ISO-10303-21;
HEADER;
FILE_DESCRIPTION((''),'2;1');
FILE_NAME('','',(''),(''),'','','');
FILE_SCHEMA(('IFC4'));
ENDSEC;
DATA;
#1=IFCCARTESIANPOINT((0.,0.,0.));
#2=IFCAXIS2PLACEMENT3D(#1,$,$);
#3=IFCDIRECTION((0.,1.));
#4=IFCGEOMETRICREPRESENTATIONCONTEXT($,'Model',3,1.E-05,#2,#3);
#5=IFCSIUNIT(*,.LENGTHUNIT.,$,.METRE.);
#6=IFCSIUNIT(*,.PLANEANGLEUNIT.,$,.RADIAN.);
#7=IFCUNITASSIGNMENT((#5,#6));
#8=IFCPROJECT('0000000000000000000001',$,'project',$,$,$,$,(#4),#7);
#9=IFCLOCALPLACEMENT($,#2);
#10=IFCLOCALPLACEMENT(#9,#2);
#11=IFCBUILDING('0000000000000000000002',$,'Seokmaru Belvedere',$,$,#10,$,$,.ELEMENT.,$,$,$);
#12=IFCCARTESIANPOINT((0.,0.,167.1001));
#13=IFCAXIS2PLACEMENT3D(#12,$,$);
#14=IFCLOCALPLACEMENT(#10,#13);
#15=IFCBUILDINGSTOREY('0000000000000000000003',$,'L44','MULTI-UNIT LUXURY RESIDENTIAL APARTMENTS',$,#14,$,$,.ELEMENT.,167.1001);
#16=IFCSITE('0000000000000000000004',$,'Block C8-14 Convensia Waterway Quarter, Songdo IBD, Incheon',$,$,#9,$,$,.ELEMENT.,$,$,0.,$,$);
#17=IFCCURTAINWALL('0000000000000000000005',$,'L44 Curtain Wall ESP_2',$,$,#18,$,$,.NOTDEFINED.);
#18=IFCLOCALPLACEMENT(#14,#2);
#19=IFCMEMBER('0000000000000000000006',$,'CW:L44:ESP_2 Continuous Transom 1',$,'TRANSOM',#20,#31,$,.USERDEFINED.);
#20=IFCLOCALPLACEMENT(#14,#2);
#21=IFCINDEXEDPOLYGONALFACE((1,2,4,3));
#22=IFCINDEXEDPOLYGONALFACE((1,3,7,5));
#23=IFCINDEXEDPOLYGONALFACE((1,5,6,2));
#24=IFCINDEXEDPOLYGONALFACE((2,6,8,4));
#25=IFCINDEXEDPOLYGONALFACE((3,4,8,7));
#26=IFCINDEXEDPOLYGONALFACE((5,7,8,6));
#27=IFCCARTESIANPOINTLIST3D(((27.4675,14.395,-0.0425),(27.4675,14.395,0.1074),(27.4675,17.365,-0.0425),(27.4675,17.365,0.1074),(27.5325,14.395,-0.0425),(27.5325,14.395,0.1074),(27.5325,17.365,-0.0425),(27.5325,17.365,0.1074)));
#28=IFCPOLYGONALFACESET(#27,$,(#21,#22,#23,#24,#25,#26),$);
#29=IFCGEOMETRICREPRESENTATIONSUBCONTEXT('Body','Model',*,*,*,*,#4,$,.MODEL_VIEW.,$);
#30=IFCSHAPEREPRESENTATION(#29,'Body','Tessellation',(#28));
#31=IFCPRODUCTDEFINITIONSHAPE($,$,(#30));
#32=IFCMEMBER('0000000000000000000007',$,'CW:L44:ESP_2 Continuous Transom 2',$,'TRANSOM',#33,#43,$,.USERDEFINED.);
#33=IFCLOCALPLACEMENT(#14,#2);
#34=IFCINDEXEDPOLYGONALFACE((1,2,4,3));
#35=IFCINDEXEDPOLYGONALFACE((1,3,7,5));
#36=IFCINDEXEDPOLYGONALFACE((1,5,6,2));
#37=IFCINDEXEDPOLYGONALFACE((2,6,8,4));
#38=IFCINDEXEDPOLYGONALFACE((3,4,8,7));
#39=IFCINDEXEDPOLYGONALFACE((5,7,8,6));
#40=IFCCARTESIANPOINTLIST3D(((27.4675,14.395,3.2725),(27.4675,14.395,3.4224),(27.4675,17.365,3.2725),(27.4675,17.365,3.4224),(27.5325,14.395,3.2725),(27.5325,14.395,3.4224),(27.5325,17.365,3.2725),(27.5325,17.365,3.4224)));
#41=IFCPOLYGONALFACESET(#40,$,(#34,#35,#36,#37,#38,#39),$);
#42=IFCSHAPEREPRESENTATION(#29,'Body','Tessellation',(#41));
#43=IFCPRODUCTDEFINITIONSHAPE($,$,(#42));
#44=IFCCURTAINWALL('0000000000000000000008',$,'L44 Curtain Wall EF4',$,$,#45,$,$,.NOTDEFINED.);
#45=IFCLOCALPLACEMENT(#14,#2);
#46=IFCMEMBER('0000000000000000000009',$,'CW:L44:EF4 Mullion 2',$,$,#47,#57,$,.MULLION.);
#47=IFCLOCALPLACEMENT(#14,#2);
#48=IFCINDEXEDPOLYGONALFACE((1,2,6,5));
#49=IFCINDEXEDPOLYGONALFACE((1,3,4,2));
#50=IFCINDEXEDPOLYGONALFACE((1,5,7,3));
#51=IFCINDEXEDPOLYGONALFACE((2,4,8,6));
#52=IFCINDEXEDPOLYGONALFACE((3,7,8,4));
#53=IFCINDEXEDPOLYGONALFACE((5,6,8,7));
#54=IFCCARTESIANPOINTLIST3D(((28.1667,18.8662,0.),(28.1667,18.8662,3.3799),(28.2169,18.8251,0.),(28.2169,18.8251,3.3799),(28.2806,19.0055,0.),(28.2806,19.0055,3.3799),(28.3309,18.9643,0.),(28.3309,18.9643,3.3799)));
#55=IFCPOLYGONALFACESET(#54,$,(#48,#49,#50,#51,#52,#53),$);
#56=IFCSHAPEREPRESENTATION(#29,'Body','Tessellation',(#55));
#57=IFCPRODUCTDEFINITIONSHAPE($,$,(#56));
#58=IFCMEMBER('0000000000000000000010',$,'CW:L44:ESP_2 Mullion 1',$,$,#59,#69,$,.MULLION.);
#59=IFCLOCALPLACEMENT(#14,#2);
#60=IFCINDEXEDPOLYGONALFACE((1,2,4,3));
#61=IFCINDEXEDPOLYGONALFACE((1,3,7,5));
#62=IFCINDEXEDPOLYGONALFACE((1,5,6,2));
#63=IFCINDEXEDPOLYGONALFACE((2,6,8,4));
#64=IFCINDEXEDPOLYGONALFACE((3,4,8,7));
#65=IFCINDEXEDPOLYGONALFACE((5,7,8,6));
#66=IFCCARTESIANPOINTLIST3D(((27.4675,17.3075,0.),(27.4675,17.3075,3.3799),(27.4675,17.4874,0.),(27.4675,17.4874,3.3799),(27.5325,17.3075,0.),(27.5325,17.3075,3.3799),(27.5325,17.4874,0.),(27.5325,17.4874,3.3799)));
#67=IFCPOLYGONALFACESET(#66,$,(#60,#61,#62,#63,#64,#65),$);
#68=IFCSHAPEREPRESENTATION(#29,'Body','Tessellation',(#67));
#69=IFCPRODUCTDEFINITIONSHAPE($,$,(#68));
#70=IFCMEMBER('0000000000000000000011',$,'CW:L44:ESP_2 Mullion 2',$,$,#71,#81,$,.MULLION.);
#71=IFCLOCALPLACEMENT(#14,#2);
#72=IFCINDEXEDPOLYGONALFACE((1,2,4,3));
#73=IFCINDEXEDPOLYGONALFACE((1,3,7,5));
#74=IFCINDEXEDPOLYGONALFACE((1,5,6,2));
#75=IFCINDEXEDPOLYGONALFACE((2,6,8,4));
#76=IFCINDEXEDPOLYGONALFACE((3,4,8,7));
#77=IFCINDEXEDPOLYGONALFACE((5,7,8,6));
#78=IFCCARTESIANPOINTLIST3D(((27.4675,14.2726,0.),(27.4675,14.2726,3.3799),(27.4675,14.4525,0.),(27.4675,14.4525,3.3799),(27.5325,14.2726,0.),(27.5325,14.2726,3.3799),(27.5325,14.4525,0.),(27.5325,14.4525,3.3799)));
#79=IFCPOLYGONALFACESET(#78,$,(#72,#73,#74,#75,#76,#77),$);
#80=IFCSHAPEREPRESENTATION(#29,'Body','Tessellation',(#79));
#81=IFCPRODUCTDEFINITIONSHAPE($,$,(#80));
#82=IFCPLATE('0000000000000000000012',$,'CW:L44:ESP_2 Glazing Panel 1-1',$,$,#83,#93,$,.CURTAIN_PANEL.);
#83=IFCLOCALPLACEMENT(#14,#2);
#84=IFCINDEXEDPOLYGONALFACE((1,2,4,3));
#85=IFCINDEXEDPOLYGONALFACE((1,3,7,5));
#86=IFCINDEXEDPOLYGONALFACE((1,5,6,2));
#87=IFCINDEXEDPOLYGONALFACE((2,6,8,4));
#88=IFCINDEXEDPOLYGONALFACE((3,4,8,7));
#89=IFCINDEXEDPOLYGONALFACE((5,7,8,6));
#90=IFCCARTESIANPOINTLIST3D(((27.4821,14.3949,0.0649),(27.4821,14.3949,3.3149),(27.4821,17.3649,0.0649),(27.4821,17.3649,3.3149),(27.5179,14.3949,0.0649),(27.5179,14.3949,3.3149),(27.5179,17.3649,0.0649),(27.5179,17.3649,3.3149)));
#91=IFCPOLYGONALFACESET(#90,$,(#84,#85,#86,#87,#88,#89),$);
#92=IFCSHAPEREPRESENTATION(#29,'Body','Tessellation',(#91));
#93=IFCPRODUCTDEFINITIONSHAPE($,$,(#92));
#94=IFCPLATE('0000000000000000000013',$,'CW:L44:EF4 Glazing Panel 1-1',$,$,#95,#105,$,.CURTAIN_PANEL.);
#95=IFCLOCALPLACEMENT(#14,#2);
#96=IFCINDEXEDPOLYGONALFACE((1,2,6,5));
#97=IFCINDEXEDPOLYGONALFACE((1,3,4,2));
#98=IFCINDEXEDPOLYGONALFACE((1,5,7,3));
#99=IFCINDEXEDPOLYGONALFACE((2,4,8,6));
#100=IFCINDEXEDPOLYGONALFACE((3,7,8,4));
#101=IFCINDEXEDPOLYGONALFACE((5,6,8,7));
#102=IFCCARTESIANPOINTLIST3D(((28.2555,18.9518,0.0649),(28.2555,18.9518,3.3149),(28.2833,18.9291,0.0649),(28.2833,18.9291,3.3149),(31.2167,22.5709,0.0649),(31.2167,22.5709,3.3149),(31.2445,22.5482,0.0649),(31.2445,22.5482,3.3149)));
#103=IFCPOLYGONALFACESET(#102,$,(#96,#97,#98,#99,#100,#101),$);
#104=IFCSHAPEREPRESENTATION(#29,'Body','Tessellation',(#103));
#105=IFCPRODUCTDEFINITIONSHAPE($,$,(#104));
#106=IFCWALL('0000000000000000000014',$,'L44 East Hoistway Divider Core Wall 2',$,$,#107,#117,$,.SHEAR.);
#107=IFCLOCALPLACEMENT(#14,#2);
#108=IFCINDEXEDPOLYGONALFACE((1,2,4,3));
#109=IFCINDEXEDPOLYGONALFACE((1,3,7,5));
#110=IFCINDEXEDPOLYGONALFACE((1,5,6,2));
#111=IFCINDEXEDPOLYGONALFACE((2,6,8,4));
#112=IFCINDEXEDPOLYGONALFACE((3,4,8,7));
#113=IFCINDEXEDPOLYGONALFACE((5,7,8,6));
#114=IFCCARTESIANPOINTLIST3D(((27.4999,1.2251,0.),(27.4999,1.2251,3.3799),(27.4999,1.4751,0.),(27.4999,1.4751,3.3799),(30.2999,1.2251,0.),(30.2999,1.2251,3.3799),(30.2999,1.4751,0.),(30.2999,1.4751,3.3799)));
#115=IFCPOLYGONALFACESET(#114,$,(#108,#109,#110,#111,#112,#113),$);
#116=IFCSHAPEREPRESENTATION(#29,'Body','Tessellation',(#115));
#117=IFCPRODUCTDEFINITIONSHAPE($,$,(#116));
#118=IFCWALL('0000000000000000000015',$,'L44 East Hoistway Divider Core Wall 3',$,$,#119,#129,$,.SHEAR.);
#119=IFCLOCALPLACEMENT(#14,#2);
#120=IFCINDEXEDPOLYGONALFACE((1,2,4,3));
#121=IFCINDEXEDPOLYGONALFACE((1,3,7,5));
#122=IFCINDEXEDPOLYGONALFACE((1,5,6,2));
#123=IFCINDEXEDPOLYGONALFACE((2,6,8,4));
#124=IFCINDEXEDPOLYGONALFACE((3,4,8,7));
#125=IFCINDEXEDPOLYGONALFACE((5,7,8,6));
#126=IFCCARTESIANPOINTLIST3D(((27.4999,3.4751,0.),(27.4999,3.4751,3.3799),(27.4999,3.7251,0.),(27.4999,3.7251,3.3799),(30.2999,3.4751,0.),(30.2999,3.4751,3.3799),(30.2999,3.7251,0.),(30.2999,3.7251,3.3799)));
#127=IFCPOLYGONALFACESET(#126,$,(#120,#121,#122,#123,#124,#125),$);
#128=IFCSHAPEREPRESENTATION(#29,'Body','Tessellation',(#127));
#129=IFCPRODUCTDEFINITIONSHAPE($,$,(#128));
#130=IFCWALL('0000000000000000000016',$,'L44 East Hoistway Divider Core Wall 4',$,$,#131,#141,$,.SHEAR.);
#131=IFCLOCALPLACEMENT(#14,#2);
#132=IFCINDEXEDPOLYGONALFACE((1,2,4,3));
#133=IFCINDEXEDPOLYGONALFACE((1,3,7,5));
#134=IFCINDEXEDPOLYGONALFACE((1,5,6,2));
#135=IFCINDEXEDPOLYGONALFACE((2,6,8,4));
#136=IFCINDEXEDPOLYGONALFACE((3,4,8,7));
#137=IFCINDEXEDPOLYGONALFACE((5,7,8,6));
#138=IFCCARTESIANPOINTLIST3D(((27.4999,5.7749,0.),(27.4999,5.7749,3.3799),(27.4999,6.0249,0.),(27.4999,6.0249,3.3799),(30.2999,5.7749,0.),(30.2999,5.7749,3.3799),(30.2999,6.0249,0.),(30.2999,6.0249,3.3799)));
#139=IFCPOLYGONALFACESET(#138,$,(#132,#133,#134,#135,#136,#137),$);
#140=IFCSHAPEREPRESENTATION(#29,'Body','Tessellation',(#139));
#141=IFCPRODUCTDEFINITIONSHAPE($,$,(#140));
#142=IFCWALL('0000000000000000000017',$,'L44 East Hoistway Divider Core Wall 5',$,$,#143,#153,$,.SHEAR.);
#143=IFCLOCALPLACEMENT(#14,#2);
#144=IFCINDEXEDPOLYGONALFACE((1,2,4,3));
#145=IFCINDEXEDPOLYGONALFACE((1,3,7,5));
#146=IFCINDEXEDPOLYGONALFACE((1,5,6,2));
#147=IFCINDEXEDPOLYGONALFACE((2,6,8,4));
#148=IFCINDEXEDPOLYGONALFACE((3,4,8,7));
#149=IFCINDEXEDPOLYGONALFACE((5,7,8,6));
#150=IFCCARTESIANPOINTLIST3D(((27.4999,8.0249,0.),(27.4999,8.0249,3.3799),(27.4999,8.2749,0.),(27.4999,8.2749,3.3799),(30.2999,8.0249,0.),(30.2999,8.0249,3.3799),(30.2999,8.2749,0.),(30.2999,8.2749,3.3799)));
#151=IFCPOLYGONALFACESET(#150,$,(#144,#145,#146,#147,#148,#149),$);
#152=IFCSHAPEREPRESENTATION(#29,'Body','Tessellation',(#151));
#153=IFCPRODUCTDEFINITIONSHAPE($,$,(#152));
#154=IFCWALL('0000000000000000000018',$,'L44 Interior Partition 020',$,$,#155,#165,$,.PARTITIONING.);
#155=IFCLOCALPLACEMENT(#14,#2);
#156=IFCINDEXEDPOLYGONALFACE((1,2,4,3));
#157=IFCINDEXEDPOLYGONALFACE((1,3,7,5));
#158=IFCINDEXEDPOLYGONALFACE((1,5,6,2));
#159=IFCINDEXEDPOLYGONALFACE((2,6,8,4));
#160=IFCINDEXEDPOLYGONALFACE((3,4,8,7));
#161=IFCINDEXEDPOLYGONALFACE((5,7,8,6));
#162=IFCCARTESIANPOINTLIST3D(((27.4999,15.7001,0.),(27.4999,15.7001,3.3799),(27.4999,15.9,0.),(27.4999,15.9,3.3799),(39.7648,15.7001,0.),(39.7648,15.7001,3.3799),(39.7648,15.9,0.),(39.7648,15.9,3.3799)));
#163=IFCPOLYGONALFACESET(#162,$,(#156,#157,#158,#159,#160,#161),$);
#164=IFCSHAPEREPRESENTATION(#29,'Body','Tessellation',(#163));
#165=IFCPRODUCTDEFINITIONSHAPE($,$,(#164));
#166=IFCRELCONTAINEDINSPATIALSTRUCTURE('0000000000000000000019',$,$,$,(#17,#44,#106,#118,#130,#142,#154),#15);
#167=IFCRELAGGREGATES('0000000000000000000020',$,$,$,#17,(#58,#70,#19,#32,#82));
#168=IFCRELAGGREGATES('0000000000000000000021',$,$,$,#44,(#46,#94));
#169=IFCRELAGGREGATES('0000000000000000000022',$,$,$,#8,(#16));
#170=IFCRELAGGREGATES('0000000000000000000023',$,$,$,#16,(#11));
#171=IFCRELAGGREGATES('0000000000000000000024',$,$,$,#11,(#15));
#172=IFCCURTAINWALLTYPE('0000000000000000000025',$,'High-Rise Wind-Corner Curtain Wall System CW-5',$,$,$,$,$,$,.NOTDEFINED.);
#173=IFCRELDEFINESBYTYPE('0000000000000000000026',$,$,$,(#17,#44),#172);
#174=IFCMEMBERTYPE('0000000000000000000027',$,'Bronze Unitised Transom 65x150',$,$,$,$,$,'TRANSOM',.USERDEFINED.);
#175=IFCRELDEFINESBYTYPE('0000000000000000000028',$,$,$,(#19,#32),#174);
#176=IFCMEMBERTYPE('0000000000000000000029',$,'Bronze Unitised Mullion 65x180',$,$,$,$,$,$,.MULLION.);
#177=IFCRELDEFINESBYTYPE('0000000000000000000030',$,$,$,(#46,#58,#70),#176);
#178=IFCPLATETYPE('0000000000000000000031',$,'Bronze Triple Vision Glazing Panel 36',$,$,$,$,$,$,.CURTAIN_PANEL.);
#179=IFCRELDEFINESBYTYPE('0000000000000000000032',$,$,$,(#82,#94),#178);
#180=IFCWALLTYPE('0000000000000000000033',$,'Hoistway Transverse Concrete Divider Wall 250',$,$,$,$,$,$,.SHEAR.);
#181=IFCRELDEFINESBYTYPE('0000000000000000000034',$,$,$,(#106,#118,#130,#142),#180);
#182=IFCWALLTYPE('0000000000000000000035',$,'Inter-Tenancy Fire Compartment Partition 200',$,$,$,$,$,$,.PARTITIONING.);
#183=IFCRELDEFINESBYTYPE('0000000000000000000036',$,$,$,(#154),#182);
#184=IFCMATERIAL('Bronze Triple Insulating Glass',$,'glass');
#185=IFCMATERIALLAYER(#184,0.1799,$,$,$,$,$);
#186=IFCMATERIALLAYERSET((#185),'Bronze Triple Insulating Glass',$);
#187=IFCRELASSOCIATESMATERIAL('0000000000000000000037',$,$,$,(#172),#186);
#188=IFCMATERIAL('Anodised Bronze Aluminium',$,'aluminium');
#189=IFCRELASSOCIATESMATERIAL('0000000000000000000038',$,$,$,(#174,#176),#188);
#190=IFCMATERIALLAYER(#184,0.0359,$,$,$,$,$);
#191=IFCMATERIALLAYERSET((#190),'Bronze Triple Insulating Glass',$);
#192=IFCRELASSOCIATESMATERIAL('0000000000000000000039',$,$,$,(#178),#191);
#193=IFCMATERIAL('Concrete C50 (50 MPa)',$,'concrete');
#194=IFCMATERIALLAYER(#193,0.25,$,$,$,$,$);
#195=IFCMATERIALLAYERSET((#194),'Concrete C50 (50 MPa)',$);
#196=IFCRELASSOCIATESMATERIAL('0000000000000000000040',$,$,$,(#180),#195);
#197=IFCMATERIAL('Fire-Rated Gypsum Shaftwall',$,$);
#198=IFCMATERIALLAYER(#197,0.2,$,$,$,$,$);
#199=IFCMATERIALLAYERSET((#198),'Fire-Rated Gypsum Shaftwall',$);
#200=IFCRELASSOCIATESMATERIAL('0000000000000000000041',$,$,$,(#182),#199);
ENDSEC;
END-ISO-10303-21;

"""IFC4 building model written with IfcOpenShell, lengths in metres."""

from ifc_helpers import new_model, si_unit, direction, frame, frame_2d, origin, origin_2d, place, context, subcontext, project, spatial, rectangle, extrude, source, transform, mapped, material, layer, layer_set, material_profile, profile_set, type_object, type_shapes, element, aggregate, save


model = new_model("IFC4")

# Units and contexts
model_context = context("Model", 3, precision=1e-05, world=origin(), true_north=direction((0.0, 1.0)))
body_context = subcontext(model_context, "Body", "Model", "MODEL_VIEW")
ifc_project = project(units=[si_unit("LENGTHUNIT", "METRE"), si_unit("PLANEANGLEUNIT", "RADIAN")], contexts=[model_context])

# Site, building, storey
site_placement = place(None, origin())
site = spatial("IfcSite", under=ifc_project, at=site_placement, Name="Block C8-14 Convensia Waterway Quarter, Songdo IBD, Incheon", CompositionType="ELEMENT", RefElevation=0.0)
building_placement = place(site_placement, origin())
building = spatial("IfcBuilding", under=site, at=building_placement, Name="Seokmaru Belvedere", CompositionType="ELEMENT")
storey_placement = place(building_placement, frame((0.0, 0.0, 167.1001)))
storey = spatial("IfcBuildingStorey", under=building, at=storey_placement, Name="L44", Description="MULTI-UNIT LUXURY RESIDENTIAL APARTMENTS", CompositionType="ELEMENT", Elevation=167.1001)

# Curtain wall, members
ifc_material_1 = material(Name="Bronze Triple Insulating Glass", Category="glass")
ifc_layer_1 = layer(ifc_material_1, 0.1799)
ifc_layer_set_1 = layer_set([ifc_layer_1], Name="Bronze Triple Insulating Glass")
curtain_wall_type = type_object("IfcCurtainWallType", Name="High-Rise Wind-Corner Curtain Wall System CW-5", PredefinedType="NOTDEFINED", material=ifc_layer_set_1)
curtain_wall_1_placement = place(storey_placement, origin())
curtain_wall_1 = element("IfcCurtainWall", 1, at=curtain_wall_1_placement, inside=storey, type_object=curtain_wall_type, Name="L44 Curtain Wall ESP_2", PredefinedType="NOTDEFINED")
ifc_material_2 = material(Name="Anodised Bronze Aluminium", Category="aluminium")
ifc_material_profile_1 = material_profile(ifc_material_2, rectangle(XDim=0.0649, YDim=0.1499, at=origin_2d()), Name="CW-T-65x150")
ifc_profile_set_1 = profile_set([ifc_material_profile_1], Name="Anodised Bronze Aluminium")
member_type_1 = type_object("IfcMemberType", Name="Bronze Unitised Transom 65x150", ElementType="TRANSOM", PredefinedType="USERDEFINED", material=ifc_profile_set_1)
shared_shape_1 = source(origin(), body_context, "Body", "SweptSolid", [
    extrude(rectangle(XDim=0.0649, YDim=0.1499, at=origin_2d()), origin(), (0.0, 0.0, 1.0), 2.97),
])
type_shapes(member_type_1, [shared_shape_1])
member_1_placement = place(storey_placement, frame((27.5, 17.365, 0.0325), z_axis=(0.0, -1.0, 0.0), x_axis=(1.0, 0.0, 0.0)))
member_1 = element("IfcMember", 2, at=member_1_placement, type_object=member_type_1, Name="CW:L44:ESP_2 Continuous Transom 1", ObjectType="TRANSOM", PredefinedType="USERDEFINED", context=body_context, shape_type="MappedRepresentation", body=[
    mapped(shared_shape_1, transform((0.0, 0.0, 0.0), scale=1.0)),
])
member_2_placement = place(storey_placement, frame((27.5, 17.365, 3.3474), z_axis=(0.0, -1.0, 0.0), x_axis=(1.0, 0.0, 0.0)))
member_2 = element("IfcMember", 3, at=member_2_placement, type_object=member_type_1, Name="CW:L44:ESP_2 Continuous Transom 2", ObjectType="TRANSOM", PredefinedType="USERDEFINED", context=body_context, shape_type="MappedRepresentation", body=[
    mapped(shared_shape_1, transform((0.0, 0.0, 0.0), scale=1.0)),
])

# Curtain wall, member
curtain_wall_2_placement = place(storey_placement, origin())
curtain_wall_2 = element("IfcCurtainWall", 4, at=curtain_wall_2_placement, inside=storey, type_object=curtain_wall_type, Name="L44 Curtain Wall EF4", PredefinedType="NOTDEFINED")
ifc_material_profile_2 = material_profile(ifc_material_2, rectangle(XDim=0.0649, YDim=0.1799, at=origin_2d()), Name="CW-M-65x180")
ifc_profile_set_2 = profile_set([ifc_material_profile_2], Name="Anodised Bronze Aluminium")
member_type_2 = type_object("IfcMemberType", Name="Bronze Unitised Mullion 65x180", PredefinedType="MULLION", material=ifc_profile_set_2)
shared_shape_2 = source(origin(), body_context, "Body", "SweptSolid", [
    extrude(rectangle(XDim=0.0649, YDim=0.1799, at=origin_2d()), origin(), (0.0, 0.0, 1.0), 3.3799),
])
type_shapes(member_type_2, [shared_shape_2])
member_3_placement = place(storey_placement, frame((28.2488, 18.9153, 0.0), z_axis=(0.0, 0.0, 1.0), x_axis=(0.773944, -0.633254, 0.0)))
member_3 = element("IfcMember", 5, at=member_3_placement, type_object=member_type_2, Name="CW:L44:EF4 Mullion 2", PredefinedType="MULLION", context=body_context, shape_type="MappedRepresentation", body=[
    mapped(shared_shape_2, transform((0.0, 0.0, 0.0), scale=1.0)),
])

# Members
member_4_placement = place(storey_placement, frame((27.5, 17.3975, 0.0), z_axis=(0.0, 0.0, 1.0), x_axis=(1.0, 0.0, 0.0)))
member_4 = element("IfcMember", 6, at=member_4_placement, type_object=member_type_2, Name="CW:L44:ESP_2 Mullion 1", PredefinedType="MULLION", context=body_context, shape_type="MappedRepresentation", body=[
    mapped(shared_shape_2, transform((0.0, 0.0, 0.0), scale=1.0)),
])
member_5_placement = place(storey_placement, frame((27.5, 14.3625, 0.0), z_axis=(0.0, 0.0, 1.0), x_axis=(1.0, 0.0, 0.0)))
member_5 = element("IfcMember", 7, at=member_5_placement, type_object=member_type_2, Name="CW:L44:ESP_2 Mullion 2", PredefinedType="MULLION", context=body_context, shape_type="MappedRepresentation", body=[
    mapped(shared_shape_2, transform((0.0, 0.0, 0.0), scale=1.0)),
])

# Plates
ifc_layer_2 = layer(ifc_material_1, 0.0359)
ifc_layer_set_2 = layer_set([ifc_layer_2], Name="Bronze Triple Insulating Glass")
plate_type = type_object("IfcPlateType", Name="Bronze Triple Vision Glazing Panel 36", PredefinedType="CURTAIN_PANEL", material=ifc_layer_set_2)
shared_shape_3 = source(origin(), body_context, "Body", "SweptSolid", [
    extrude(rectangle(XDim=2.97, YDim=0.0359, at=origin_2d()), origin(), (0.0, 0.0, 1.0), 3.25),
])
plate_1_placement = place(storey_placement, frame((27.5, 15.8799, 0.0649), z_axis=(0.0, 0.0, 1.0), x_axis=(0.0, -1.0, 0.0)))
plate_1 = element("IfcPlate", 8, at=plate_1_placement, type_object=plate_type, Name="CW:L44:ESP_2 Glazing Panel 1-1", PredefinedType="CURTAIN_PANEL", context=body_context, shape_type="MappedRepresentation", body=[
    mapped(shared_shape_3, transform((0.0, 0.0, 0.0), scale=1.0)),
])
aggregate(curtain_wall_1, [member_4, member_5, member_1, member_2, plate_1])
shared_shape_4 = source(origin(), body_context, "Body", "SweptSolid", [
    extrude(rectangle(XDim=4.6763, YDim=0.0359, at=origin_2d()), origin(), (0.0, 0.0, 1.0), 3.25),
])
type_shapes(plate_type, [shared_shape_3, shared_shape_4])
plate_2_placement = place(storey_placement, frame((29.75, 20.75, 0.0649), z_axis=(0.0, 0.0, 1.0), x_axis=(-0.633254, -0.773944, 0.0)))
plate_2 = element("IfcPlate", 9, at=plate_2_placement, type_object=plate_type, Name="CW:L44:EF4 Glazing Panel 1-1", PredefinedType="CURTAIN_PANEL", context=body_context, shape_type="MappedRepresentation", body=[
    mapped(shared_shape_4, transform((0.0, 0.0, 0.0), scale=1.0)),
])
aggregate(curtain_wall_2, [member_3, plate_2])

# Walls
ifc_material_3 = material(Name="Concrete C50 (50 MPa)", Category="concrete")
ifc_layer_3 = layer(ifc_material_3, 0.25)
ifc_layer_set_3 = layer_set([ifc_layer_3], Name="Concrete C50 (50 MPa)")
wall_type_1 = type_object("IfcWallType", Name="Hoistway Transverse Concrete Divider Wall 250", PredefinedType="SHEAR", material=ifc_layer_set_3)
for number, where, z_axis, x_axis, name in (
    (10, (27.5, 1.3501, 0.0), (0.0, 0.0, 1.0), (1.0, 0.0, 0.0), "L44 East Hoistway Divider Core Wall 2"),
    (11, (27.5, 3.6001, 0.0), (0.0, 0.0, 1.0), (1.0, 0.0, 0.0), "L44 East Hoistway Divider Core Wall 3"),
    (12, (27.5, 5.8999, 0.0), (0.0, 0.0, 1.0), (1.0, 0.0, 0.0), "L44 East Hoistway Divider Core Wall 4"),
    (13, (27.5, 8.1499, 0.0), (0.0, 0.0, 1.0), (1.0, 0.0, 0.0), "L44 East Hoistway Divider Core Wall 5"),
):
    element("IfcWall", number, at=place(storey_placement, frame(where, z_axis=z_axis, x_axis=x_axis)), inside=storey, type_object=wall_type_1, Name=name, PredefinedType="SHEAR", context=body_context, shape_type="SweptSolid", body=[
        extrude(rectangle(XDim=2.8, YDim=0.25, at=frame_2d((1.3999, 0.0))), origin(), (0.0, 0.0, 1.0), 3.3799),
    ])
ifc_material_4 = material(Name="Fire-Rated Gypsum Shaftwall")
ifc_layer_4 = layer(ifc_material_4, 0.2)
ifc_layer_set_4 = layer_set([ifc_layer_4], Name="Fire-Rated Gypsum Shaftwall")
wall_type_2 = type_object("IfcWallType", Name="Inter-Tenancy Fire Compartment Partition 200", PredefinedType="PARTITIONING", material=ifc_layer_set_4)
wall_1_placement = place(storey_placement, frame((27.5, 15.8, 0.0), z_axis=(0.0, 0.0, 1.0), x_axis=(1.0, 0.0, 0.0)))
element("IfcWall", 14, at=wall_1_placement, inside=storey, type_object=wall_type_2, Name="L44 Interior Partition 020", PredefinedType="PARTITIONING", context=body_context, shape_type="SweptSolid", body=[
    extrude(rectangle(XDim=12.2649, YDim=0.2, at=frame_2d((6.1323, 0.0))), origin(), (0.0, 0.0, 1.0), 3.3799),
])

save(model, "model.ifc")
